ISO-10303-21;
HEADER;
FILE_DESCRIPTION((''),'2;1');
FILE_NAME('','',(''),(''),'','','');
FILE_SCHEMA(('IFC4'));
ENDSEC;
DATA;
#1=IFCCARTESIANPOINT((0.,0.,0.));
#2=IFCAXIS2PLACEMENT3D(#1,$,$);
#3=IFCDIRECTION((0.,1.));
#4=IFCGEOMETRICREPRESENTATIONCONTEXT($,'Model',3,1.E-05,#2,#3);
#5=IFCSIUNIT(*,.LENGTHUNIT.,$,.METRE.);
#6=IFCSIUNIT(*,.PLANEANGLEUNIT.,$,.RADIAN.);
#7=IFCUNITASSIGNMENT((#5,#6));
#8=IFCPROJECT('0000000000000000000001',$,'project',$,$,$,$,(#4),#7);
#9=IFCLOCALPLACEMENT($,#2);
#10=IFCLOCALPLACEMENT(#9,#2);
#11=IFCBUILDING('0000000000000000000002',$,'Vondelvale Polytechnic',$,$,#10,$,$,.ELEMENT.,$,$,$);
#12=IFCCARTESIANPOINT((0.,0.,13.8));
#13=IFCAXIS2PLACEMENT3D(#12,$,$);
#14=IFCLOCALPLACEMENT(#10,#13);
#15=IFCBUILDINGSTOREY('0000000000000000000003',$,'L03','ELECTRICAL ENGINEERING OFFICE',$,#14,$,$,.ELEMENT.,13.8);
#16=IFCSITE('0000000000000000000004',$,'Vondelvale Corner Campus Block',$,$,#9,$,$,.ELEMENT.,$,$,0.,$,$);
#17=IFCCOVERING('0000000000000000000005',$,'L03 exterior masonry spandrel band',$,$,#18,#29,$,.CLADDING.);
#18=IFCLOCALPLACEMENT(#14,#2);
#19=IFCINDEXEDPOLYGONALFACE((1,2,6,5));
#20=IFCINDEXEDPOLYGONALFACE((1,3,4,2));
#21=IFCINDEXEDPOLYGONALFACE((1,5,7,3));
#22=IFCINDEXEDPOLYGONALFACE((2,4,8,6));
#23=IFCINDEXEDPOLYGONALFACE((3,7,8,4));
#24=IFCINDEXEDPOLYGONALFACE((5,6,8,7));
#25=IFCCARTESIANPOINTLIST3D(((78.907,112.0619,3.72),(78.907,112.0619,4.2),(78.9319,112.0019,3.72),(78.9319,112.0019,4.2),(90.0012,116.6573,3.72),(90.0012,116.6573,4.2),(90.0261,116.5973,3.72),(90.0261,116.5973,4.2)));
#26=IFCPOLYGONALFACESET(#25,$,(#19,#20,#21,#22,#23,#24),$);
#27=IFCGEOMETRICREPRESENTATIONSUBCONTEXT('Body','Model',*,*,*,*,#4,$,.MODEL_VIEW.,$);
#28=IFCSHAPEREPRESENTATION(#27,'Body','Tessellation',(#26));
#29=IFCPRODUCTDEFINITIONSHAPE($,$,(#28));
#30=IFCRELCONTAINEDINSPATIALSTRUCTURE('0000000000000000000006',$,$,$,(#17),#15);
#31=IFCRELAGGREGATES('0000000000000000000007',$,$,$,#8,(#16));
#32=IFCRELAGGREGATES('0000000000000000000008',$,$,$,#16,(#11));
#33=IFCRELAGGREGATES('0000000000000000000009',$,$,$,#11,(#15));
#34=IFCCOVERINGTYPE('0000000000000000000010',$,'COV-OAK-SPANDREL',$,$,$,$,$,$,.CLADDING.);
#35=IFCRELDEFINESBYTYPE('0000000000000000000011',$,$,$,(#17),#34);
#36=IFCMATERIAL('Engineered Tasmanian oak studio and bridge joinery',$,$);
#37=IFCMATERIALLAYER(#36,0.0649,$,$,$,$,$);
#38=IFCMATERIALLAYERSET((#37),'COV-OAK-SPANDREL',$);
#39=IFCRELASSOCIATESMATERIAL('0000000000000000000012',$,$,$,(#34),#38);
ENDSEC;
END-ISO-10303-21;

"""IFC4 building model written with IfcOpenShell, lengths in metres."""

from ifc_helpers import new_model, si_unit, direction, frame, origin, origin_2d, place, context, subcontext, project, spatial, rectangle, extrude, material, layer, layer_set, type_object, element, save


model = new_model("IFC4")

# Units and contexts
model_context = context("Model", 3, precision=1e-05, world=origin(), true_north=direction((0.0, 1.0)))
body_context = subcontext(model_context, "Body", "Model", "MODEL_VIEW")
ifc_project = project(units=[si_unit("LENGTHUNIT", "METRE"), si_unit("PLANEANGLEUNIT", "RADIAN")], contexts=[model_context])

# Site, building, storey
site_placement = place(None, origin())
site = spatial("IfcSite", under=ifc_project, at=site_placement, Name="Vondelvale Corner Campus Block", CompositionType="ELEMENT", RefElevation=0.0)
building_placement = place(site_placement, origin())
building = spatial("IfcBuilding", under=site, at=building_placement, Name="Vondelvale Polytechnic", CompositionType="ELEMENT")
storey_placement = place(building_placement, frame((0.0, 0.0, 13.8)))
storey = spatial("IfcBuildingStorey", under=building, at=storey_placement, Name="L03", Description="ELECTRICAL ENGINEERING OFFICE", CompositionType="ELEMENT", Elevation=13.8)

# Shared definitions
ifc_material_1 = material(Name="Engineered Tasmanian oak studio and bridge joinery")

# Covering
ifc_layer_1 = layer(ifc_material_1, 0.0649)
ifc_layer_set_1 = layer_set([ifc_layer_1], Name="COV-OAK-SPANDREL")
covering_type = type_object("IfcCoveringType", Name="COV-OAK-SPANDREL", PredefinedType="CLADDING", material=ifc_layer_set_1)
covering_placement = place(storey_placement, frame((84.4666, 114.3296, 3.72), z_axis=(0.0, 0.0, 1.0), x_axis=(-0.92388, -0.382683, 0.0)))
element("IfcCovering", 1, at=covering_placement, inside=storey, type_object=covering_type, Name="L03 exterior masonry spandrel band", PredefinedType="CLADDING", context=body_context, shape_type="SweptSolid", body=[
    extrude(rectangle(XDim=12.0083, YDim=0.0649, at=origin_2d()), origin(), (0.0, 0.0, 1.0), 0.48),
])

save(model, "model.ifc")
